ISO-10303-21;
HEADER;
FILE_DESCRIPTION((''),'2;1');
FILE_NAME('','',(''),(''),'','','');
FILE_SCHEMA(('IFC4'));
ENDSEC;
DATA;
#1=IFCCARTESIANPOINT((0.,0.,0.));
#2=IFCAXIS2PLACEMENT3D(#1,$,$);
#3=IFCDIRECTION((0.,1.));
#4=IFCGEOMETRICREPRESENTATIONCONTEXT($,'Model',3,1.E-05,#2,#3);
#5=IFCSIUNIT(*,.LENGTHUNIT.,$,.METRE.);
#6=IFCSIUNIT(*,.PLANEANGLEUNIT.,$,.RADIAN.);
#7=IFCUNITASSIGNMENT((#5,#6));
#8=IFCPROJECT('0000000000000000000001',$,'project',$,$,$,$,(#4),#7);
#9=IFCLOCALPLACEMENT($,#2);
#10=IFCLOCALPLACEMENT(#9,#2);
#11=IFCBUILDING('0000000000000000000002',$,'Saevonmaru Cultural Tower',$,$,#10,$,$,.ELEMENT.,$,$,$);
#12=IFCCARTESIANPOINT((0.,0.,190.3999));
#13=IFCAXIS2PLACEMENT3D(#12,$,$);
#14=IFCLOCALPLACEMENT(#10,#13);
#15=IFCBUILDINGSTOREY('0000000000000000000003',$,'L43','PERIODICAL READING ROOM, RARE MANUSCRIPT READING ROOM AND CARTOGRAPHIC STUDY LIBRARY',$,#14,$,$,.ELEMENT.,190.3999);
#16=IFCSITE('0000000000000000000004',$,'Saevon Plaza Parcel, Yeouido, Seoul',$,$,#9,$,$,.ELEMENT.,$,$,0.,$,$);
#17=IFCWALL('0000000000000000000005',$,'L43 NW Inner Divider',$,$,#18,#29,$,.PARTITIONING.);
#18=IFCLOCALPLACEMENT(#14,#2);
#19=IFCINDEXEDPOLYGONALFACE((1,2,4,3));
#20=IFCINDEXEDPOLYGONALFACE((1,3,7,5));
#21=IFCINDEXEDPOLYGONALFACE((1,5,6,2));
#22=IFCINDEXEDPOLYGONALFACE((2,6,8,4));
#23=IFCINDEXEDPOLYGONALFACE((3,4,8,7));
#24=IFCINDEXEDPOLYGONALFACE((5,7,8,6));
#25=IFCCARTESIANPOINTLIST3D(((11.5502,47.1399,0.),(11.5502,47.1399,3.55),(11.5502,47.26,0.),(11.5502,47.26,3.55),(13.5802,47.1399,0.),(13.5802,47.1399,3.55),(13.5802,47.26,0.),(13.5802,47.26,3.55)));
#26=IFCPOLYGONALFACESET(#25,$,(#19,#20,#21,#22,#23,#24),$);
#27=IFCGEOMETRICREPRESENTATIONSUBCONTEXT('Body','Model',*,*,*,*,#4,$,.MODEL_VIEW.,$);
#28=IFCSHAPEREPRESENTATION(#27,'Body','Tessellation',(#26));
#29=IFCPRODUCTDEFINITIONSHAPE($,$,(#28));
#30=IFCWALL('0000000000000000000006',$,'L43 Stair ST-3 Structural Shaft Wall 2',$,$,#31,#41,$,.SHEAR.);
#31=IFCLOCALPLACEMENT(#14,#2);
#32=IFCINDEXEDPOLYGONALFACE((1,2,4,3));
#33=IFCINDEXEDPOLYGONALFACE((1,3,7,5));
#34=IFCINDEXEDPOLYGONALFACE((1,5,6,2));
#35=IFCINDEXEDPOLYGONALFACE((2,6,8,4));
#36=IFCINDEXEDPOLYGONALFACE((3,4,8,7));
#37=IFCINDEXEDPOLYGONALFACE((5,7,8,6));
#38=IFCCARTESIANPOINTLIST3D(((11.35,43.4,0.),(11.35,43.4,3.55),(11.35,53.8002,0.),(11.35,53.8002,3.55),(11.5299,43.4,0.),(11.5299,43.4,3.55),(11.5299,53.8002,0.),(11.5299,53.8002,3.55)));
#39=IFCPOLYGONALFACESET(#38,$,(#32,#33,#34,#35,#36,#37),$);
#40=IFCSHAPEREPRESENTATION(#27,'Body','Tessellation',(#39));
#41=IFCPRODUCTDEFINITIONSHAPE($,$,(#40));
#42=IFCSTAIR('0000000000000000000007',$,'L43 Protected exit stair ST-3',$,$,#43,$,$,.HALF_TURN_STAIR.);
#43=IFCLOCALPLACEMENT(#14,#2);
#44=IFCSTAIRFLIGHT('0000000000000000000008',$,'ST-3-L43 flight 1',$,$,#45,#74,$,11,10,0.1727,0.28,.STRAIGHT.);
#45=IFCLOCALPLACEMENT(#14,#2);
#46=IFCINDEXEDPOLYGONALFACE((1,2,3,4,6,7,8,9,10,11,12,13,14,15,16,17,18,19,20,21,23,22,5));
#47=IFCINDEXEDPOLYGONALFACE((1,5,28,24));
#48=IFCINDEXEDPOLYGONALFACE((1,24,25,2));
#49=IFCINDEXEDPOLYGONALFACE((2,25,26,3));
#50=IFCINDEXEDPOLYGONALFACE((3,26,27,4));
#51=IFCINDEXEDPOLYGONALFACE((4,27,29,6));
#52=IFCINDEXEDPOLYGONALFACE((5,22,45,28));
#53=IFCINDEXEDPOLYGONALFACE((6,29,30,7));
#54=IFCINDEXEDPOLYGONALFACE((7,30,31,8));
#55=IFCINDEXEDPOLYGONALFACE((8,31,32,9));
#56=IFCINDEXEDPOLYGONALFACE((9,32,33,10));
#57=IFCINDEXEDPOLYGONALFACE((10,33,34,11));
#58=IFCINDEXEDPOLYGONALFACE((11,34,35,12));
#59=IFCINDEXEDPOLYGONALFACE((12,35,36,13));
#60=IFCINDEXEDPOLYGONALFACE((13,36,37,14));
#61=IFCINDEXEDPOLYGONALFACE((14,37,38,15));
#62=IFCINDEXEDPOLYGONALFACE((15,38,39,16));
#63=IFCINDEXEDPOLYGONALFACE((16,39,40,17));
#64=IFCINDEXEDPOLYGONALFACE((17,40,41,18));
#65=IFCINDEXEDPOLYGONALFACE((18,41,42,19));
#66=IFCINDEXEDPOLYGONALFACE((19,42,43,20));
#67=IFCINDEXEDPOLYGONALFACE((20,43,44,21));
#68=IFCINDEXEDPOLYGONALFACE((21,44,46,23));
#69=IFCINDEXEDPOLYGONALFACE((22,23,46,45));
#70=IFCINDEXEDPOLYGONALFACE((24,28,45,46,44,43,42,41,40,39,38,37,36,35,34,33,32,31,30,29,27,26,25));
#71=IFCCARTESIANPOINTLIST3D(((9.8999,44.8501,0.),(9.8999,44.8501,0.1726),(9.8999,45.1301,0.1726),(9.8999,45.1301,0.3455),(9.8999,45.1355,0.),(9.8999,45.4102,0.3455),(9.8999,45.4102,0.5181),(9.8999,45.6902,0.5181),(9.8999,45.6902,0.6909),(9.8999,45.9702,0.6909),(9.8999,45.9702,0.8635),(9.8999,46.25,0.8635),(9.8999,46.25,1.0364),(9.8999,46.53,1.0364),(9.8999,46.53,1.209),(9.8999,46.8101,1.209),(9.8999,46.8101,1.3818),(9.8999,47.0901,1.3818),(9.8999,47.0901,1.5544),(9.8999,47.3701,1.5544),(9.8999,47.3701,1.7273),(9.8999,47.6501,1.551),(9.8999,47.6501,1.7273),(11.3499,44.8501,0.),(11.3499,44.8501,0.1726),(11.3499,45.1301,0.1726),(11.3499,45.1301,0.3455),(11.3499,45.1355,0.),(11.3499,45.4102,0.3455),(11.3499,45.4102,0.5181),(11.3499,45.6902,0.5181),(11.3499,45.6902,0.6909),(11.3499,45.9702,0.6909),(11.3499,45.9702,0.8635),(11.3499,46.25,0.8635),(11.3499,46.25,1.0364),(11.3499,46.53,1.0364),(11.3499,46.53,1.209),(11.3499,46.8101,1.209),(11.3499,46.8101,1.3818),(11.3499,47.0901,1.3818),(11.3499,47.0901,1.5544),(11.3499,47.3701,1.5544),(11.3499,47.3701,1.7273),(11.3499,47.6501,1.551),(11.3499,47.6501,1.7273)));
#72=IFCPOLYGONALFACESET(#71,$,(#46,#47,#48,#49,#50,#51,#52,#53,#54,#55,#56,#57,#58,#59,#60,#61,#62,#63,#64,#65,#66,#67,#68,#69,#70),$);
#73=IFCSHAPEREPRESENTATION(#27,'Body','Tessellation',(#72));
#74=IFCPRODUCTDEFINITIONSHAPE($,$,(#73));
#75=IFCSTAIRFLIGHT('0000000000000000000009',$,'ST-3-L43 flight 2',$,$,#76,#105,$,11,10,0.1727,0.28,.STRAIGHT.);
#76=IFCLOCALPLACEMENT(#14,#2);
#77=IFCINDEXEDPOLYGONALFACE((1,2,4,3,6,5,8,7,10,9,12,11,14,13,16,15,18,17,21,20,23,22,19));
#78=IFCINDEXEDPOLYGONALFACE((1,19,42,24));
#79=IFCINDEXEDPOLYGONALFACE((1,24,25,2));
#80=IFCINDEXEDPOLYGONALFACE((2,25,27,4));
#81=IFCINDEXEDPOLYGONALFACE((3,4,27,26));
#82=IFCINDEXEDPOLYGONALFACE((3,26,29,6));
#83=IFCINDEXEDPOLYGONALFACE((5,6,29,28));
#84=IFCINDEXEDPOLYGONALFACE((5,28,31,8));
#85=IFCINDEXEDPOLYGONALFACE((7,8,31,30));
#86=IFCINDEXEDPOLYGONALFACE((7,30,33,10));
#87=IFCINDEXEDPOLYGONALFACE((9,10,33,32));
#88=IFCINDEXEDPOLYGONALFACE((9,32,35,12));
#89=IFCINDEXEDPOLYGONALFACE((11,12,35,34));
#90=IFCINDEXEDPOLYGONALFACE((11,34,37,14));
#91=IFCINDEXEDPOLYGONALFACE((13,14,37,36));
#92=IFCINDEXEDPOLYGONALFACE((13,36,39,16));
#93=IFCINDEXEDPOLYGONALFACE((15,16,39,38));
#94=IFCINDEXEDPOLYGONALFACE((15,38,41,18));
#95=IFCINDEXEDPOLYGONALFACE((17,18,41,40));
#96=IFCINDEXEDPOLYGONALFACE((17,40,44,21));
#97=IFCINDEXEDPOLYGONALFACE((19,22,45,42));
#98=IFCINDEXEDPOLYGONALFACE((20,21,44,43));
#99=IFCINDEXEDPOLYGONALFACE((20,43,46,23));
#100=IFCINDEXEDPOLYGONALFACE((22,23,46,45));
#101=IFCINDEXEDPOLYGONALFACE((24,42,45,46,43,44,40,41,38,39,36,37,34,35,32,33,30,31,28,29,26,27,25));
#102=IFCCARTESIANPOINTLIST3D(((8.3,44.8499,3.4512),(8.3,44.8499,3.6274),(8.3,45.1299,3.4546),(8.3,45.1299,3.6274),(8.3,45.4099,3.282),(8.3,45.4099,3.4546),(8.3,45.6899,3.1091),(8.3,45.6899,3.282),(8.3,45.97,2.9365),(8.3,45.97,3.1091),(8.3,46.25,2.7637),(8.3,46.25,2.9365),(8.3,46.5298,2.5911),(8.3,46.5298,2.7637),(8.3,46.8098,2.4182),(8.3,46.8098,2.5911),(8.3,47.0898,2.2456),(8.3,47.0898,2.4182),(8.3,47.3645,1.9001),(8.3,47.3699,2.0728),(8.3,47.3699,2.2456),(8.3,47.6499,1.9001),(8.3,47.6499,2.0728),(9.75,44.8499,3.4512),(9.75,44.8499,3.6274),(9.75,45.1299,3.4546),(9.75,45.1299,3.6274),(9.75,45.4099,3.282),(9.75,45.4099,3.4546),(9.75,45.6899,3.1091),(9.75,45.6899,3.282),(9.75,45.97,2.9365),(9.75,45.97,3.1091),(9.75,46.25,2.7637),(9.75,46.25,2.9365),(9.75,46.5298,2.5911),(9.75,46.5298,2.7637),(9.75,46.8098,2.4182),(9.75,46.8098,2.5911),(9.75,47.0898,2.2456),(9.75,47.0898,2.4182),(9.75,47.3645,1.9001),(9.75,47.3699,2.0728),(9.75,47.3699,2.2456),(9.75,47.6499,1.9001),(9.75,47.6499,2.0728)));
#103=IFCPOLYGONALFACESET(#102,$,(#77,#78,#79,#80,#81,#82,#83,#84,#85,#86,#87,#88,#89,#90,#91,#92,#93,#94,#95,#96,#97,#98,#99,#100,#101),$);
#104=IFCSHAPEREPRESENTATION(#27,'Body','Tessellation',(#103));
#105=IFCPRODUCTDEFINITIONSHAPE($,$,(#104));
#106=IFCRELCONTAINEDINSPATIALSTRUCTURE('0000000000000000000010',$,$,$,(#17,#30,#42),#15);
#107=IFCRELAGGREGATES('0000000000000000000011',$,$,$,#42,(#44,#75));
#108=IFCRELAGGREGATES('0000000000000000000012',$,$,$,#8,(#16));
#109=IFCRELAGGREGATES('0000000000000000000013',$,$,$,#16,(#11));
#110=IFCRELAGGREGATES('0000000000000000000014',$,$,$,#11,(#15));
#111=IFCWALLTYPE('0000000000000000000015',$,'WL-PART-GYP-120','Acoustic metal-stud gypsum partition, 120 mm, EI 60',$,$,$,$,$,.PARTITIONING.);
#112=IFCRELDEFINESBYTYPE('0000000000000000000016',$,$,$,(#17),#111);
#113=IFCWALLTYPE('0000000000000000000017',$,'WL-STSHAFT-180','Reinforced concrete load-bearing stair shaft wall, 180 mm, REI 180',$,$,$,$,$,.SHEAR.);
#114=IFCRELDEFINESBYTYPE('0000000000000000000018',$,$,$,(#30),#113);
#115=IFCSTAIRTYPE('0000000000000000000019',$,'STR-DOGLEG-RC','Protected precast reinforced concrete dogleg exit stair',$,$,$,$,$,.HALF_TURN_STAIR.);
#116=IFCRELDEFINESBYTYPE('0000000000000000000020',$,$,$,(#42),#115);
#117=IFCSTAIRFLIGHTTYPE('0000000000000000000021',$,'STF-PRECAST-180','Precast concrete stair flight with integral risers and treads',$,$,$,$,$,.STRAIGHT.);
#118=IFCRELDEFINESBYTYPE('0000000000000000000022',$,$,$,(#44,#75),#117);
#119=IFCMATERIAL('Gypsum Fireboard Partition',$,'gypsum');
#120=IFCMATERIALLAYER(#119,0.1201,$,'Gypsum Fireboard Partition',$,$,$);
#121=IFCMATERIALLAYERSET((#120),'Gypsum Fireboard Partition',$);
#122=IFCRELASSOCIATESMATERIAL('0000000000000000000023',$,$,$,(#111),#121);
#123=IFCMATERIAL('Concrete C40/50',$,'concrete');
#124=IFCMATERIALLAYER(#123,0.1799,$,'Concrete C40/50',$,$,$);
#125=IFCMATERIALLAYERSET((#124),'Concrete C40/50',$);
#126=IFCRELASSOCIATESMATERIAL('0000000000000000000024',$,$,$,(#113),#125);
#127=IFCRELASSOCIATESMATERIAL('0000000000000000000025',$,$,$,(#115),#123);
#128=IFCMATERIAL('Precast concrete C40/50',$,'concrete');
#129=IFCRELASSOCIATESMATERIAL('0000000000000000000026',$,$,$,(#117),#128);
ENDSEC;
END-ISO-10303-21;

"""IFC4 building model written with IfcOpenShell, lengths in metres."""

from ifc_helpers import new_model, si_unit, direction, frame, frame_2d, origin, place, context, subcontext, project, spatial, polyline, rectangle, outline, extrude, material, layer, layer_set, type_object, element, aggregate, save


model = new_model("IFC4")

# Units and contexts
model_context = context("Model", 3, precision=1e-05, world=origin(), true_north=direction((0.0, 1.0)))
body_context = subcontext(model_context, "Body", "Model", "MODEL_VIEW")
ifc_project = project(units=[si_unit("LENGTHUNIT", "METRE"), si_unit("PLANEANGLEUNIT", "RADIAN")], contexts=[model_context])

# Site, building, storey
site_placement = place(None, origin())
site = spatial("IfcSite", under=ifc_project, at=site_placement, Name="Saevon Plaza Parcel, Yeouido, Seoul", CompositionType="ELEMENT", RefElevation=0.0)
building_placement = place(site_placement, origin())
building = spatial("IfcBuilding", under=site, at=building_placement, Name="Saevonmaru Cultural Tower", CompositionType="ELEMENT")
storey_placement = place(building_placement, frame((0.0, 0.0, 190.3999)))
storey = spatial("IfcBuildingStorey", under=building, at=storey_placement, Name="L43", Description="PERIODICAL READING ROOM, RARE MANUSCRIPT READING ROOM AND CARTOGRAPHIC STUDY LIBRARY", CompositionType="ELEMENT", Elevation=190.3999)

# Wall
ifc_material_1 = material(Name="Gypsum Fireboard Partition", Category="gypsum")
ifc_layer_1 = layer(ifc_material_1, 0.1201, Name="Gypsum Fireboard Partition")
ifc_layer_set_1 = layer_set([ifc_layer_1], Name="Gypsum Fireboard Partition")
wall_type_1 = type_object("IfcWallType", Name="WL-PART-GYP-120", Description="Acoustic metal-stud gypsum partition, 120 mm, EI 60", PredefinedType="PARTITIONING", material=ifc_layer_set_1)
wall_1_placement = place(storey_placement, frame((11.55, 47.2, 0.0), z_axis=(0.0, 0.0, 1.0), x_axis=(1.0, 0.0, 0.0)))
element("IfcWall", 1, at=wall_1_placement, inside=storey, type_object=wall_type_1, Name="L43 NW Inner Divider", PredefinedType="PARTITIONING", context=body_context, shape_type="SweptSolid", body=[
    extrude(rectangle(XDim=2.03, YDim=0.1201, at=frame_2d((1.0151, 0.0))), origin(), (0.0, 0.0, 1.0), 3.55),
])

# Shared definitions
ifc_material_2 = material(Name="Concrete C40/50", Category="concrete")
ifc_layer_2 = layer(ifc_material_2, 0.1799, Name="Concrete C40/50")
ifc_layer_set_2 = layer_set([ifc_layer_2], Name="Concrete C40/50")
wall_type_2 = type_object("IfcWallType", Name="WL-STSHAFT-180", Description="Reinforced concrete load-bearing stair shaft wall, 180 mm, REI 180", PredefinedType="SHEAR", material=ifc_layer_set_2)

# Wall
wall_2_placement = place(storey_placement, frame((11.4399, 43.3999, 0.0), z_axis=(0.0, 0.0, 1.0), x_axis=(0.0, 1.0, 0.0)))
element("IfcWall", 2, at=wall_2_placement, inside=storey, type_object=wall_type_2, Name="L43 Stair ST-3 Structural Shaft Wall 2", PredefinedType="SHEAR", context=body_context, shape_type="SweptSolid", body=[
    extrude(rectangle(XDim=10.4001, YDim=0.1799, at=frame_2d((5.2002, 0.0))), origin(), (0.0, 0.0, 1.0), 3.55),
])

# Stair, stair flights
stair_type = type_object("IfcStairType", Name="STR-DOGLEG-RC", Description="Protected precast reinforced concrete dogleg exit stair", PredefinedType="HALF_TURN_STAIR", material=ifc_material_2)
stair_placement = place(storey_placement, origin())
stair = element("IfcStair", 3, at=stair_placement, inside=storey, type_object=stair_type, Name="L43 Protected exit stair ST-3", PredefinedType="HALF_TURN_STAIR")
ifc_material_3 = material(Name="Precast concrete C40/50", Category="concrete")
stair_flight_type = type_object("IfcStairFlightType", Name="STF-PRECAST-180", Description="Precast concrete stair flight with integral risers and treads", PredefinedType="STRAIGHT", material=ifc_material_3)
stair_flight_1_placement = place(storey_placement, frame((10.625, 44.8501, 0.0), z_axis=(0.0, 0.0, 1.0), x_axis=(0.0, 1.0, 0.0)))
stair_flight_1 = element("IfcStairFlight", 4, at=stair_flight_1_placement, type_object=stair_flight_type, Name="ST-3-L43 flight 1", NumberOfRisers=11, NumberOfTreads=10, PredefinedType="STRAIGHT", RiserHeight=0.1727, TreadLength=0.28, context=body_context, shape_type="SweptSolid", body=[
    extrude(outline(polyline([(0.0, 0.0), (0.0, 0.1726), (0.28, 0.1726), (0.28, 0.3455), (0.5601, 0.3455), (0.5601, 0.5181), (0.8401, 0.5181), (0.8401, 0.6909), (1.1201, 0.6909), (1.1201, 0.8635), (1.3999, 0.8635), (1.3999, 1.0364), (1.6799, 1.0364), (1.6799, 1.209), (1.96, 1.209), (1.96, 1.3818), (2.24, 1.3818), (2.24, 1.5544), (2.52, 1.5544), (2.52, 1.7273), (2.8, 1.7273), (2.8, 1.8999), (2.8, 1.551), (0.2854, 0.0), (0.0, 0.0)])), frame((0.0, 0.7251, 0.0), z_axis=(0.0, -1.0, 0.0), x_axis=(1.0, 0.0, 0.0)), (0.0, 0.0, 1.0), 1.45),
])
stair_flight_2_placement = place(storey_placement, frame((9.0249, 47.6499, 1.9001), z_axis=(0.0, 0.0, 1.0), x_axis=(0.0, -1.0, 0.0)))
stair_flight_2 = element("IfcStairFlight", 5, at=stair_flight_2_placement, type_object=stair_flight_type, Name="ST-3-L43 flight 2", NumberOfRisers=11, NumberOfTreads=10, PredefinedType="STRAIGHT", RiserHeight=0.1727, TreadLength=0.28, context=body_context, shape_type="SweptSolid", body=[
    extrude(outline(polyline([(0.0, 0.0), (0.0, 0.1726), (0.28, 0.1726), (0.28, 0.3455), (0.5601, 0.3455), (0.5601, 0.5181), (0.8401, 0.5181), (0.8401, 0.6909), (1.1201, 0.6909), (1.1201, 0.8635), (1.3999, 0.8635), (1.3999, 1.0364), (1.6799, 1.0364), (1.6799, 1.209), (1.96, 1.209), (1.96, 1.3818), (2.24, 1.3818), (2.24, 1.5544), (2.52, 1.5544), (2.52, 1.7273), (2.8, 1.7273), (2.8, 1.8999), (2.8, 1.551), (0.2854, 0.0), (0.0, 0.0)])), frame((0.0, 0.7251, 0.0), z_axis=(0.0, -1.0, 0.0), x_axis=(1.0, 0.0, 0.0)), (0.0, 0.0, 1.0), 1.45),
])
aggregate(stair, [stair_flight_1, stair_flight_2])

save(model, "model.ifc")
